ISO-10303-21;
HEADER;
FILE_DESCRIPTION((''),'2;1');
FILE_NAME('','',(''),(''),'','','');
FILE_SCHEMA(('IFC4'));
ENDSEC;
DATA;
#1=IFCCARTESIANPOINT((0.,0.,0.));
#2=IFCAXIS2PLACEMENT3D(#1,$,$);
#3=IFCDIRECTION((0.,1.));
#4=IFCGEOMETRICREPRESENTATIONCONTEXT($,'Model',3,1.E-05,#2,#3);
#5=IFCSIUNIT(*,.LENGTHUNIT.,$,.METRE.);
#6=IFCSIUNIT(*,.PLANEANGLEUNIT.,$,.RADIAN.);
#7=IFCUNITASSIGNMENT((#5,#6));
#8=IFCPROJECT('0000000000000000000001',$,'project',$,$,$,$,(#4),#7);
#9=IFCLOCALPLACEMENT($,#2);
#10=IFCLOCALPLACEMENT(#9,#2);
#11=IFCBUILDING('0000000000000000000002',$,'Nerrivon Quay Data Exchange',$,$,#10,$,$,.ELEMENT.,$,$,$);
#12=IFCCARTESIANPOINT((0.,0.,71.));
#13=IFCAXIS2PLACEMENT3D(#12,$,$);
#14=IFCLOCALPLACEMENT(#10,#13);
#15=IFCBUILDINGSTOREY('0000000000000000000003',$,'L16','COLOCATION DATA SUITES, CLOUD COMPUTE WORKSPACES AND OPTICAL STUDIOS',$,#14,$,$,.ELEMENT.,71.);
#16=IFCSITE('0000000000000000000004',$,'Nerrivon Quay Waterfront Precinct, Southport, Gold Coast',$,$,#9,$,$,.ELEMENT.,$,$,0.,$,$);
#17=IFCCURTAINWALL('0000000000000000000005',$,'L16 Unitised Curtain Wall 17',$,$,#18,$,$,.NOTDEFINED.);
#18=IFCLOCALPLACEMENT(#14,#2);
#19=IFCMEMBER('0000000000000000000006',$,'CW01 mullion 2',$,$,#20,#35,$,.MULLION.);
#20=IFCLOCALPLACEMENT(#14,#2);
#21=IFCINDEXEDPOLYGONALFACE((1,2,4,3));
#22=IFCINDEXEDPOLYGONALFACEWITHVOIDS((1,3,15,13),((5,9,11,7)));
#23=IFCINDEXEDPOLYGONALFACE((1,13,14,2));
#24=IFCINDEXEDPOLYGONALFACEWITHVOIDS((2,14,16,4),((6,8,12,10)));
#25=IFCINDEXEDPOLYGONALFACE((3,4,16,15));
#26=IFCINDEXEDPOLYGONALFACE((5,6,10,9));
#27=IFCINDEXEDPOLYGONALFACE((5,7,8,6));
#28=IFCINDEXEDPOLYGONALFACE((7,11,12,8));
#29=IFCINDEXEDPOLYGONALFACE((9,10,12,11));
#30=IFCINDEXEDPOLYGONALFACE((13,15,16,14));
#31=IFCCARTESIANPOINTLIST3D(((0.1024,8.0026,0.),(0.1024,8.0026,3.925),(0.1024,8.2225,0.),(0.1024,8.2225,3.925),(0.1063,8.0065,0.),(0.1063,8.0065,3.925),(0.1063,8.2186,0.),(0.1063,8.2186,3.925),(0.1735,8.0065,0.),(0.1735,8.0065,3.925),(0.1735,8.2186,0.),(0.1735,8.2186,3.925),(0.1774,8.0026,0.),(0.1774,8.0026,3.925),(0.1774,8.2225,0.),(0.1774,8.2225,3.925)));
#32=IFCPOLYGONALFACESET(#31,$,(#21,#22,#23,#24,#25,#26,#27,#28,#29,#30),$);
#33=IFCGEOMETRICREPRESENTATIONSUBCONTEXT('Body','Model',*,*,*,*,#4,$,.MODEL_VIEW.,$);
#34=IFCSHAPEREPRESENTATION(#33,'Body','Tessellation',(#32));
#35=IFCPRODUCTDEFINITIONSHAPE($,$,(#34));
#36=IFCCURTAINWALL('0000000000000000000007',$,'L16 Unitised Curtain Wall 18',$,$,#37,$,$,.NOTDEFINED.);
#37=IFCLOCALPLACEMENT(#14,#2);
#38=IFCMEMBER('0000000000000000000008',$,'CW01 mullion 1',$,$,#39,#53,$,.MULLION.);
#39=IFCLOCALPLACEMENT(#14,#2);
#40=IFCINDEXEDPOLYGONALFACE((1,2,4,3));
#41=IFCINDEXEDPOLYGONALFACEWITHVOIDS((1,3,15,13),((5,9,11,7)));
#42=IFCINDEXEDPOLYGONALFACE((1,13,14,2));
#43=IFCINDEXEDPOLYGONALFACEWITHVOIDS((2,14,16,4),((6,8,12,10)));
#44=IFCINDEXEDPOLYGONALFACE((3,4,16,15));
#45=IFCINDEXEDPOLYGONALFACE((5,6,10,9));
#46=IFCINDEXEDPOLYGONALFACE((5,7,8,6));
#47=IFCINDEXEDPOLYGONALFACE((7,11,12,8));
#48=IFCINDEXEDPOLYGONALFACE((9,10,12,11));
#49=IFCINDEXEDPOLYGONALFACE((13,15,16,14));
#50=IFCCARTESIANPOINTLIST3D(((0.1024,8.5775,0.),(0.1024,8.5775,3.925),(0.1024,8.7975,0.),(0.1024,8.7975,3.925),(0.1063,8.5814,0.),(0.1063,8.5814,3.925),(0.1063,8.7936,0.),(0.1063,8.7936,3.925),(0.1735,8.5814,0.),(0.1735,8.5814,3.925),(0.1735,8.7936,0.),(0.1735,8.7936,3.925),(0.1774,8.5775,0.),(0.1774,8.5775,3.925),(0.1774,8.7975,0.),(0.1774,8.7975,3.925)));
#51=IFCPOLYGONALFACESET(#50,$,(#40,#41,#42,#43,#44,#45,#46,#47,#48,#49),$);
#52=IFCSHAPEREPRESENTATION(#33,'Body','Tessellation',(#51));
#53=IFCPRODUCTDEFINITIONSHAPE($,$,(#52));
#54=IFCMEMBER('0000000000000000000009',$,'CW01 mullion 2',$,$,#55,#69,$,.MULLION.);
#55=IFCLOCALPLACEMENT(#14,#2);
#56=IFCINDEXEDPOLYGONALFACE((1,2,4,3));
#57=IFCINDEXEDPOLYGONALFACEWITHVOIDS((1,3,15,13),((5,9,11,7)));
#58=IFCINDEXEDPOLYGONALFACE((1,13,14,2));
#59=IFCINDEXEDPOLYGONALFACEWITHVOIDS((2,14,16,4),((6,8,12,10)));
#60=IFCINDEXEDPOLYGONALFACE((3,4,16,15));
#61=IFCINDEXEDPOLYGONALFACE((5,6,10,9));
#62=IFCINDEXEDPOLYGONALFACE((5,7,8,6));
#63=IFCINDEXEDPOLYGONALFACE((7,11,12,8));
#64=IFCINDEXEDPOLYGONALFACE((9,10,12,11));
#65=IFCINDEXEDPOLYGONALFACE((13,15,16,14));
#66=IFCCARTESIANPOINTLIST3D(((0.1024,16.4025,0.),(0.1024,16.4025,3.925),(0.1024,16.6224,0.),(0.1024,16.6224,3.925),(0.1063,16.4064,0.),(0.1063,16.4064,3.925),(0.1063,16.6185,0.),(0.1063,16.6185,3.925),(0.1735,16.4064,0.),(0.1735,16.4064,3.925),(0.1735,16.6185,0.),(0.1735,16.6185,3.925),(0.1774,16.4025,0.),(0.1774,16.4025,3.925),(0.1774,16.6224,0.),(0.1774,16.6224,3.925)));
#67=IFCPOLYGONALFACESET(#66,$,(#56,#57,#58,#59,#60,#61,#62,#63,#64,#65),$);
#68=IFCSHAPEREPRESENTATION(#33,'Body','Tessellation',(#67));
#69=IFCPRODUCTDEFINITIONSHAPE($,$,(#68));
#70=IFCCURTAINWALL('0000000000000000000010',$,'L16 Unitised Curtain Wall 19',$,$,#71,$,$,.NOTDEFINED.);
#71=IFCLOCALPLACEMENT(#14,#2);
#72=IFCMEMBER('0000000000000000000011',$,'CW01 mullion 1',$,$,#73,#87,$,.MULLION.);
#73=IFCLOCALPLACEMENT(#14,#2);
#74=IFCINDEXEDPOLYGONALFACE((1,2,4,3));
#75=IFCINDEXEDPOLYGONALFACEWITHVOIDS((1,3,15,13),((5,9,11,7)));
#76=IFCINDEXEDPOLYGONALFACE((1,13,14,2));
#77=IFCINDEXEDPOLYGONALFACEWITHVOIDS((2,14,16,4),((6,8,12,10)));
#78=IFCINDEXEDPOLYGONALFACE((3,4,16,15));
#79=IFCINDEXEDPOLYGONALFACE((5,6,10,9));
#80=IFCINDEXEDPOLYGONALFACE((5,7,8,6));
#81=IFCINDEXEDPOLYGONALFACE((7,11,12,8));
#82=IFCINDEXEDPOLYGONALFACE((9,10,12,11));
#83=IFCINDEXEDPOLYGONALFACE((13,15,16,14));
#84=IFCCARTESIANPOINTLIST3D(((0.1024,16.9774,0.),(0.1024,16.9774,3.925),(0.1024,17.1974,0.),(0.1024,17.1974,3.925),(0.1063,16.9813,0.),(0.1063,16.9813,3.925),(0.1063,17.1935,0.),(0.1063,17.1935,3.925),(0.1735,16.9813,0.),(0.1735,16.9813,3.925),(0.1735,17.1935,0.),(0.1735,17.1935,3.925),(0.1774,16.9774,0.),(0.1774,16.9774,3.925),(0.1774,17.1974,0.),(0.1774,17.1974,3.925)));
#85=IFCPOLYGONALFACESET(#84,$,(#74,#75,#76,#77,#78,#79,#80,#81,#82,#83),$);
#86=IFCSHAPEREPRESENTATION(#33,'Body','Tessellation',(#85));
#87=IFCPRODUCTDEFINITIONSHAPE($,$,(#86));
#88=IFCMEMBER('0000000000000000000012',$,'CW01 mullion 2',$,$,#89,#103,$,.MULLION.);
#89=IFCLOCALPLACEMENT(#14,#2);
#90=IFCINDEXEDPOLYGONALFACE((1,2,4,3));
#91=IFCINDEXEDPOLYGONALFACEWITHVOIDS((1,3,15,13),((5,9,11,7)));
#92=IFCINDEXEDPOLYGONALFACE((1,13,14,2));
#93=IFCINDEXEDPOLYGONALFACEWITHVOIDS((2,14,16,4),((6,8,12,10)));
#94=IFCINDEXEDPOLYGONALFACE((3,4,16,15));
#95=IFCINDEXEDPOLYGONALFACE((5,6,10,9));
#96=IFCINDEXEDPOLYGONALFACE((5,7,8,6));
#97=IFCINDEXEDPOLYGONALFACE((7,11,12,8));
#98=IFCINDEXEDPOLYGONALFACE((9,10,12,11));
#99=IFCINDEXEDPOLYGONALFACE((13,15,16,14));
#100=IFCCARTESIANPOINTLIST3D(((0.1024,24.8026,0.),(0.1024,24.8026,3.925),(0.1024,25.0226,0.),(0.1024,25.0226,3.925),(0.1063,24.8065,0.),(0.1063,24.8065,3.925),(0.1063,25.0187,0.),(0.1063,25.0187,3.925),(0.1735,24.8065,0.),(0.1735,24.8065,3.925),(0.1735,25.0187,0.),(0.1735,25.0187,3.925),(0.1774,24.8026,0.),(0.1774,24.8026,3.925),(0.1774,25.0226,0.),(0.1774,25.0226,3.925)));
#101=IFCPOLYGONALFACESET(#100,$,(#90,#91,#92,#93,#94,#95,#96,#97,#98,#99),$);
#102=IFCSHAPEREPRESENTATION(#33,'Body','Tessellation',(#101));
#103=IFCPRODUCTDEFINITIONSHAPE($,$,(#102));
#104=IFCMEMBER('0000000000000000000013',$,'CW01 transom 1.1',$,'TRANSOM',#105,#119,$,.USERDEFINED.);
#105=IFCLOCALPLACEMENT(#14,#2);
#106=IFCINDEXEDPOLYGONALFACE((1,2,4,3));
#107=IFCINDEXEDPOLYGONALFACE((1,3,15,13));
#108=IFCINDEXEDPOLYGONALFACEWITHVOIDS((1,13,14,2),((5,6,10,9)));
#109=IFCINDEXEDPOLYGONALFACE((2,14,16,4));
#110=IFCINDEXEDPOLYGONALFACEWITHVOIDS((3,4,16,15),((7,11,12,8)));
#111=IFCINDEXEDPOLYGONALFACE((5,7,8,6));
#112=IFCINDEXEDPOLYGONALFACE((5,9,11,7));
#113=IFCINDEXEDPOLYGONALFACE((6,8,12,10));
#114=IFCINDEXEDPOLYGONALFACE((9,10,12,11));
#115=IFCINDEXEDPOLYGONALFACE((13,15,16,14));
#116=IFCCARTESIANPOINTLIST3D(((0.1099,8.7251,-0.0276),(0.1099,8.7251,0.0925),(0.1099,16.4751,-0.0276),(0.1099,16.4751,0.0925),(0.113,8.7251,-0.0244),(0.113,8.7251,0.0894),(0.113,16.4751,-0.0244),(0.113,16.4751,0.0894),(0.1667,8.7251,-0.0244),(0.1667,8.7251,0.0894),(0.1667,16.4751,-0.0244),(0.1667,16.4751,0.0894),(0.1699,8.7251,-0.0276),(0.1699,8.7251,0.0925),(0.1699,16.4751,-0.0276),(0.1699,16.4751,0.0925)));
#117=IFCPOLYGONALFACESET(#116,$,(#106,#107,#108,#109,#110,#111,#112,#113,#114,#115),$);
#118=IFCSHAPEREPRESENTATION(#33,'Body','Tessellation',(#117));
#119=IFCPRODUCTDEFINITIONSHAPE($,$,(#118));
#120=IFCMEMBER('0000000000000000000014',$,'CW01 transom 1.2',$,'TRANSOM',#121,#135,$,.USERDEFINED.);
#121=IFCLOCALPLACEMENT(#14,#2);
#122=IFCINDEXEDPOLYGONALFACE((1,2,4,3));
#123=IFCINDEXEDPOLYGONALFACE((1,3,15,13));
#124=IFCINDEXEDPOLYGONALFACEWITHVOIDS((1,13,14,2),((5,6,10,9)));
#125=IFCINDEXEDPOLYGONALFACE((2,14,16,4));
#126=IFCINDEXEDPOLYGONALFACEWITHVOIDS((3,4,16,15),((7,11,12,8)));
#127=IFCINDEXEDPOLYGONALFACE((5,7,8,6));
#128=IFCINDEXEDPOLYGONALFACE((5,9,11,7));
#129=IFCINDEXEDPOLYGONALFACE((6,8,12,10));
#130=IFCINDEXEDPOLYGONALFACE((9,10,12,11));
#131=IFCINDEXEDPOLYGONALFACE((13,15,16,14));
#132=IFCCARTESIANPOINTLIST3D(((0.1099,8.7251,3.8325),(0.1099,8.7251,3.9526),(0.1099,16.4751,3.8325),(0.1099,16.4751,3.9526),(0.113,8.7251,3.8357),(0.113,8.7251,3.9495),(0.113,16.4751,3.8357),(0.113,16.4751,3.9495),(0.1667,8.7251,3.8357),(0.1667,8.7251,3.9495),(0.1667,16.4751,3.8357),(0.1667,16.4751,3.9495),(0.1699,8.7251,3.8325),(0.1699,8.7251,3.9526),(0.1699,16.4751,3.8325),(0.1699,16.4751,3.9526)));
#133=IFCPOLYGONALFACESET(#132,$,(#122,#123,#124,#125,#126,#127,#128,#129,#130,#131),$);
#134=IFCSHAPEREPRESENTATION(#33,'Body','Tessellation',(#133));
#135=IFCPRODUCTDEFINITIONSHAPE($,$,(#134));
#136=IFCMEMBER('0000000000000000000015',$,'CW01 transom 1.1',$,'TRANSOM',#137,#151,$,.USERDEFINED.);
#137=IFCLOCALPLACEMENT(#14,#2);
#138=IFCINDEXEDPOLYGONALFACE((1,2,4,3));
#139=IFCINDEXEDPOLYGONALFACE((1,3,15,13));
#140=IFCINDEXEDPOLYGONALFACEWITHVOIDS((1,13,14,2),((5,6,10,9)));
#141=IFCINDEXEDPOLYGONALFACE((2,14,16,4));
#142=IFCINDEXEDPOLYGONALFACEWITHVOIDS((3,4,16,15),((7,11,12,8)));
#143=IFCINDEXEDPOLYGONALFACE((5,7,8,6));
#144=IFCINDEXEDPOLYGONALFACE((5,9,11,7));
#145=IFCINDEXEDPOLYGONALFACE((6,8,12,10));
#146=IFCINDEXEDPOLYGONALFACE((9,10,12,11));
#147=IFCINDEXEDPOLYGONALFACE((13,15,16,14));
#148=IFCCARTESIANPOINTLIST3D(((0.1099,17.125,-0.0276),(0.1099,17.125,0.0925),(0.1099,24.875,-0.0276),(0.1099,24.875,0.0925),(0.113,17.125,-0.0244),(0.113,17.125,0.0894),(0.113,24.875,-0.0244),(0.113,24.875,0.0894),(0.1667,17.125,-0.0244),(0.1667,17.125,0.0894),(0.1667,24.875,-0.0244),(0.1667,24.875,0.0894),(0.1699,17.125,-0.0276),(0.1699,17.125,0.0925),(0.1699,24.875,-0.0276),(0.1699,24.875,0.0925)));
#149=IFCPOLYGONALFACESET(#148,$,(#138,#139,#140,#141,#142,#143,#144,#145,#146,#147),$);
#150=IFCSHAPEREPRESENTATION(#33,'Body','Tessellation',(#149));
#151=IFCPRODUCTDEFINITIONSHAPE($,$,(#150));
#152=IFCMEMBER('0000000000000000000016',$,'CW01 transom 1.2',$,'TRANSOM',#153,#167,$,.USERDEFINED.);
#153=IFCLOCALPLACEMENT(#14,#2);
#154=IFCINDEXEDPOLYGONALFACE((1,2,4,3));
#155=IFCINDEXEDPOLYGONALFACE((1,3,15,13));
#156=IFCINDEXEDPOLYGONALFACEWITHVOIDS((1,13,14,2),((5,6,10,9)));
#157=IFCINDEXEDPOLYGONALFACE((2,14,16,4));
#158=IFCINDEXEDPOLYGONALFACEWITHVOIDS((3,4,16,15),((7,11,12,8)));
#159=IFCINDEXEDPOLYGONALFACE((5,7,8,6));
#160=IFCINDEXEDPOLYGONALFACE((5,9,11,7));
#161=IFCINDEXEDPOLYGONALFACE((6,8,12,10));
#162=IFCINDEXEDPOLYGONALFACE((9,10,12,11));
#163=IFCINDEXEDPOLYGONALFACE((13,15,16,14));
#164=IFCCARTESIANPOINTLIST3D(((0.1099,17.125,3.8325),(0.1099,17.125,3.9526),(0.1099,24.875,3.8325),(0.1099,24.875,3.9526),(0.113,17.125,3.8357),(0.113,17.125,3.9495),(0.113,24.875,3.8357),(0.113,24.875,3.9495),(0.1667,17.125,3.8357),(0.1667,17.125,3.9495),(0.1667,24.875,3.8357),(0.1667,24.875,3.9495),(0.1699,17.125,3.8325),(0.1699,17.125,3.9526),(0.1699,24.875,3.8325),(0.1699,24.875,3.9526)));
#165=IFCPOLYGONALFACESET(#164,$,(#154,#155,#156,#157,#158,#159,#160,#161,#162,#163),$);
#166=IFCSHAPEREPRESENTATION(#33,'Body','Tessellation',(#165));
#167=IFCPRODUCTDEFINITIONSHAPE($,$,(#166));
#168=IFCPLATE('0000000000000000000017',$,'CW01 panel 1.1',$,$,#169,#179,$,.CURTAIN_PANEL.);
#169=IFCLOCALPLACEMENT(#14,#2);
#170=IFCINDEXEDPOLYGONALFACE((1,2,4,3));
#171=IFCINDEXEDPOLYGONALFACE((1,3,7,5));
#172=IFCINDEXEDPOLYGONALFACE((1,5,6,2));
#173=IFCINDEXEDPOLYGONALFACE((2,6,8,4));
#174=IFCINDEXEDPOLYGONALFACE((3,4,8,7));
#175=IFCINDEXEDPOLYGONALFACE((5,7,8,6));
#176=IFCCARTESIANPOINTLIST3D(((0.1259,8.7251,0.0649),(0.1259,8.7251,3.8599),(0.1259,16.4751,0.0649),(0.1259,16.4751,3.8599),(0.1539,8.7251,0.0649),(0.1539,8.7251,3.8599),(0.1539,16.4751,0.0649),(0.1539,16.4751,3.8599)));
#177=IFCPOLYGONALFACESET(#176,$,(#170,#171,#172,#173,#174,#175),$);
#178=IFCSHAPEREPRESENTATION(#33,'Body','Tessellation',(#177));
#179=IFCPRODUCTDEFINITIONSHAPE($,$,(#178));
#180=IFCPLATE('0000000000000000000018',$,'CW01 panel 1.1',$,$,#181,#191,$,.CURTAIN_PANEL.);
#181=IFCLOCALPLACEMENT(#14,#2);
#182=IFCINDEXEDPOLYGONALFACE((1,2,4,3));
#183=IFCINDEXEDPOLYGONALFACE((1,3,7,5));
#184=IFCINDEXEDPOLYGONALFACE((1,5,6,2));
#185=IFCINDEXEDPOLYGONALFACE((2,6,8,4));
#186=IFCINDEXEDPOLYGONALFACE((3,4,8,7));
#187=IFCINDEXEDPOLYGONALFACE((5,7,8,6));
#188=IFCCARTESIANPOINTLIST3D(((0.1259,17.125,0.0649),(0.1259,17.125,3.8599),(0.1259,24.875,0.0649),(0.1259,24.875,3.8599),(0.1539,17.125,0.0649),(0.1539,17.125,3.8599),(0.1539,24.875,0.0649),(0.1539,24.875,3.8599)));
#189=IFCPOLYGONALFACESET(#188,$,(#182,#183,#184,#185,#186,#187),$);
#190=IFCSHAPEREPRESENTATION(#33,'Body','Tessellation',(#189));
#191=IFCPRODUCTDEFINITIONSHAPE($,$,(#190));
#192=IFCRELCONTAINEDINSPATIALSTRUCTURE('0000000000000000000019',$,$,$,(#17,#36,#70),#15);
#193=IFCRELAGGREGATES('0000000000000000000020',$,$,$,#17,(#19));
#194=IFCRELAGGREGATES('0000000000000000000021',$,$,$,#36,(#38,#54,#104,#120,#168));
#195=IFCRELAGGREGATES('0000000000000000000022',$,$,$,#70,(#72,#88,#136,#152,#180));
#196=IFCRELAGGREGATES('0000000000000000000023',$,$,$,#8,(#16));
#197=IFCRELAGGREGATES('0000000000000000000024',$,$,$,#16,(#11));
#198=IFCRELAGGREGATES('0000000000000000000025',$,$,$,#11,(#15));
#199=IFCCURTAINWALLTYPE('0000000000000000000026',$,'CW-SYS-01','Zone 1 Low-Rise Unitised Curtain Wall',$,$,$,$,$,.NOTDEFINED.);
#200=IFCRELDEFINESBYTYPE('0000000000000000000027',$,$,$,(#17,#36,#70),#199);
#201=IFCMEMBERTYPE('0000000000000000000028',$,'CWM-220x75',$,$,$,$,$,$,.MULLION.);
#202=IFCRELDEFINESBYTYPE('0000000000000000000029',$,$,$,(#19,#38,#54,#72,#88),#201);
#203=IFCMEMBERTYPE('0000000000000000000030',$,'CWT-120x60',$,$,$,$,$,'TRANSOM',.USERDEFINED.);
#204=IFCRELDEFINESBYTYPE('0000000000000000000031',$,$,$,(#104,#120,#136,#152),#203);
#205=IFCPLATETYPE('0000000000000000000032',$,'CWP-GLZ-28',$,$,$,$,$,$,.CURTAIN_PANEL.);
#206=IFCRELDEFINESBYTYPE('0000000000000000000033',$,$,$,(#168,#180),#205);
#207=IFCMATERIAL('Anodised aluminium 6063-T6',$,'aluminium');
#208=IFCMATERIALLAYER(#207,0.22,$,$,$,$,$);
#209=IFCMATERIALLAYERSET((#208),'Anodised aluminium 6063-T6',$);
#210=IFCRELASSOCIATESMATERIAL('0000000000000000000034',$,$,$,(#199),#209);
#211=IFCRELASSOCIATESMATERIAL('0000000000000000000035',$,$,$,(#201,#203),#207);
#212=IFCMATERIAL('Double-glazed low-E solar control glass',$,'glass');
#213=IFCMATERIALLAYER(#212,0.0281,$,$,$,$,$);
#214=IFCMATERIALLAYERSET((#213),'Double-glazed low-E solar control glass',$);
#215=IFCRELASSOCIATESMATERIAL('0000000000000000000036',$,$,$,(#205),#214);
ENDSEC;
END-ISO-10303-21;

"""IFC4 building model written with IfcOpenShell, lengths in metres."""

from ifc_helpers import new_model, si_unit, direction, frame, origin, origin_2d, place, context, subcontext, project, spatial, rectangle, hollow_rectangle, extrude, material, layer, layer_set, material_profile, profile_set, type_object, element, aggregate, save


model = new_model("IFC4")

# Units and contexts
model_context = context("Model", 3, precision=1e-05, world=origin(), true_north=direction((0.0, 1.0)))
body_context = subcontext(model_context, "Body", "Model", "MODEL_VIEW")
ifc_project = project(units=[si_unit("LENGTHUNIT", "METRE"), si_unit("PLANEANGLEUNIT", "RADIAN")], contexts=[model_context])

# Site, building, storey
site_placement = place(None, origin())
site = spatial("IfcSite", under=ifc_project, at=site_placement, Name="Nerrivon Quay Waterfront Precinct, Southport, Gold Coast", CompositionType="ELEMENT", RefElevation=0.0)
building_placement = place(site_placement, origin())
building = spatial("IfcBuilding", under=site, at=building_placement, Name="Nerrivon Quay Data Exchange", CompositionType="ELEMENT")
storey_placement = place(building_placement, frame((0.0, 0.0, 71.0)))
storey = spatial("IfcBuildingStorey", under=building, at=storey_placement, Name="L16", Description="COLOCATION DATA SUITES, CLOUD COMPUTE WORKSPACES AND OPTICAL STUDIOS", CompositionType="ELEMENT", Elevation=71.0)

# Curtain wall, member
ifc_material_1 = material(Name="Anodised aluminium 6063-T6", Category="aluminium")
ifc_layer_1 = layer(ifc_material_1, 0.22)
ifc_layer_set_1 = layer_set([ifc_layer_1], Name="Anodised aluminium 6063-T6")
curtain_wall_type = type_object("IfcCurtainWallType", Name="CW-SYS-01", Description="Zone 1 Low-Rise Unitised Curtain Wall", PredefinedType="NOTDEFINED", material=ifc_layer_set_1)
curtain_wall_1_placement = place(storey_placement, origin())
curtain_wall_1 = element("IfcCurtainWall", 1, at=curtain_wall_1_placement, inside=storey, type_object=curtain_wall_type, Name="L16 Unitised Curtain Wall 17", PredefinedType="NOTDEFINED")
ifc_material_profile_1 = material_profile(ifc_material_1, hollow_rectangle(XDim=0.075, YDim=0.22, WallThickness=0.0039, at=origin_2d()), Name="ALU-MULL-220x75")
ifc_profile_set_1 = profile_set([ifc_material_profile_1], Name="Anodised aluminium 6063-T6")
member_type_1 = type_object("IfcMemberType", Name="CWM-220x75", PredefinedType="MULLION", material=ifc_profile_set_1)
member_1_placement = place(storey_placement, frame((0.1399, 8.1125, 0.0), z_axis=(0.0, 0.0, 1.0), x_axis=(-1.0, 0.0, 0.0)))
member_1 = element("IfcMember", 2, at=member_1_placement, type_object=member_type_1, Name="CW01 mullion 2", PredefinedType="MULLION", context=body_context, shape_type="SweptSolid", body=[
    extrude(hollow_rectangle(XDim=0.075, YDim=0.22, WallThickness=0.0039, at=origin_2d()), origin(), (0.0, 0.0, 1.0), 3.925),
])
aggregate(curtain_wall_1, [member_1])

# Curtain walls, members
curtain_wall_2_placement = place(storey_placement, origin())
curtain_wall_2 = element("IfcCurtainWall", 3, at=curtain_wall_2_placement, inside=storey, type_object=curtain_wall_type, Name="L16 Unitised Curtain Wall 18", PredefinedType="NOTDEFINED")
member_2_placement = place(storey_placement, frame((0.1399, 8.6875, 0.0), z_axis=(0.0, 0.0, 1.0), x_axis=(-1.0, 0.0, 0.0)))
member_2 = element("IfcMember", 4, at=member_2_placement, type_object=member_type_1, Name="CW01 mullion 1", PredefinedType="MULLION", context=body_context, shape_type="SweptSolid", body=[
    extrude(hollow_rectangle(XDim=0.075, YDim=0.22, WallThickness=0.0039, at=origin_2d()), origin(), (0.0, 0.0, 1.0), 3.925),
])
member_3_placement = place(storey_placement, frame((0.1399, 16.5125, 0.0), z_axis=(0.0, 0.0, 1.0), x_axis=(-1.0, 0.0, 0.0)))
member_3 = element("IfcMember", 5, at=member_3_placement, type_object=member_type_1, Name="CW01 mullion 2", PredefinedType="MULLION", context=body_context, shape_type="SweptSolid", body=[
    extrude(hollow_rectangle(XDim=0.075, YDim=0.22, WallThickness=0.0039, at=origin_2d()), origin(), (0.0, 0.0, 1.0), 3.925),
])
curtain_wall_3_placement = place(storey_placement, origin())
curtain_wall_3 = element("IfcCurtainWall", 6, at=curtain_wall_3_placement, inside=storey, type_object=curtain_wall_type, Name="L16 Unitised Curtain Wall 19", PredefinedType="NOTDEFINED")
member_4_placement = place(storey_placement, frame((0.1399, 17.0874, 0.0), z_axis=(0.0, 0.0, 1.0), x_axis=(-1.0, 0.0, 0.0)))
member_4 = element("IfcMember", 7, at=member_4_placement, type_object=member_type_1, Name="CW01 mullion 1", PredefinedType="MULLION", context=body_context, shape_type="SweptSolid", body=[
    extrude(hollow_rectangle(XDim=0.075, YDim=0.22, WallThickness=0.0039, at=origin_2d()), origin(), (0.0, 0.0, 1.0), 3.925),
])
member_5_placement = place(storey_placement, frame((0.1399, 24.9126, 0.0), z_axis=(0.0, 0.0, 1.0), x_axis=(-1.0, 0.0, 0.0)))
member_5 = element("IfcMember", 8, at=member_5_placement, type_object=member_type_1, Name="CW01 mullion 2", PredefinedType="MULLION", context=body_context, shape_type="SweptSolid", body=[
    extrude(hollow_rectangle(XDim=0.075, YDim=0.22, WallThickness=0.0039, at=origin_2d()), origin(), (0.0, 0.0, 1.0), 3.925),
])

# Members
ifc_material_profile_2 = material_profile(ifc_material_1, hollow_rectangle(XDim=0.0601, YDim=0.1201, WallThickness=0.0032, at=origin_2d()), Name="ALU-TRAN-120x60")
ifc_profile_set_2 = profile_set([ifc_material_profile_2], Name="Anodised aluminium 6063-T6")
member_type_2 = type_object("IfcMemberType", Name="CWT-120x60", ElementType="TRANSOM", PredefinedType="USERDEFINED", material=ifc_profile_set_2)
member_6_placement = place(storey_placement, frame((0.1399, 8.7251, 0.0325), z_axis=(0.0, 1.0, 0.0), x_axis=(-1.0, 0.0, 0.0)))
member_6 = element("IfcMember", 9, at=member_6_placement, type_object=member_type_2, Name="CW01 transom 1.1", ObjectType="TRANSOM", PredefinedType="USERDEFINED", context=body_context, shape_type="SweptSolid", body=[
    extrude(hollow_rectangle(XDim=0.0601, YDim=0.1201, WallThickness=0.0032, at=origin_2d()), origin(), (0.0, 0.0, 1.0), 7.75),
])
member_7_placement = place(storey_placement, frame((0.1399, 8.7251, 3.8926), z_axis=(0.0, 1.0, 0.0), x_axis=(-1.0, 0.0, 0.0)))
member_7 = element("IfcMember", 10, at=member_7_placement, type_object=member_type_2, Name="CW01 transom 1.2", ObjectType="TRANSOM", PredefinedType="USERDEFINED", context=body_context, shape_type="SweptSolid", body=[
    extrude(hollow_rectangle(XDim=0.0601, YDim=0.1201, WallThickness=0.0032, at=origin_2d()), origin(), (0.0, 0.0, 1.0), 7.75),
])
member_8_placement = place(storey_placement, frame((0.1399, 17.125, 0.0325), z_axis=(0.0, 1.0, 0.0), x_axis=(-1.0, 0.0, 0.0)))
member_8 = element("IfcMember", 11, at=member_8_placement, type_object=member_type_2, Name="CW01 transom 1.1", ObjectType="TRANSOM", PredefinedType="USERDEFINED", context=body_context, shape_type="SweptSolid", body=[
    extrude(hollow_rectangle(XDim=0.0601, YDim=0.1201, WallThickness=0.0032, at=origin_2d()), origin(), (0.0, 0.0, 1.0), 7.75),
])
member_9_placement = place(storey_placement, frame((0.1399, 17.125, 3.8926), z_axis=(0.0, 1.0, 0.0), x_axis=(-1.0, 0.0, 0.0)))
member_9 = element("IfcMember", 12, at=member_9_placement, type_object=member_type_2, Name="CW01 transom 1.2", ObjectType="TRANSOM", PredefinedType="USERDEFINED", context=body_context, shape_type="SweptSolid", body=[
    extrude(hollow_rectangle(XDim=0.0601, YDim=0.1201, WallThickness=0.0032, at=origin_2d()), origin(), (0.0, 0.0, 1.0), 7.75),
])

# Plates
ifc_material_2 = material(Name="Double-glazed low-E solar control glass", Category="glass")
ifc_layer_2 = layer(ifc_material_2, 0.0281)
ifc_layer_set_2 = layer_set([ifc_layer_2], Name="Double-glazed low-E solar control glass")
plate_type = type_object("IfcPlateType", Name="CWP-GLZ-28", PredefinedType="CURTAIN_PANEL", material=ifc_layer_set_2)
plate_1_placement = place(storey_placement, frame((0.1399, 12.6001, 0.0649), z_axis=(0.0, 0.0, 1.0), x_axis=(0.0, 1.0, 0.0)))
plate_1 = element("IfcPlate", 13, at=plate_1_placement, type_object=plate_type, Name="CW01 panel 1.1", PredefinedType="CURTAIN_PANEL", context=body_context, shape_type="SweptSolid", body=[
    extrude(rectangle(XDim=7.75, YDim=0.0281, at=origin_2d()), origin(), (0.0, 0.0, 1.0), 3.7949),
])
aggregate(curtain_wall_2, [member_2, member_3, member_6, member_7, plate_1])
plate_2_placement = place(storey_placement, frame((0.1399, 21.0, 0.0649), z_axis=(0.0, 0.0, 1.0), x_axis=(0.0, 1.0, 0.0)))
plate_2 = element("IfcPlate", 14, at=plate_2_placement, type_object=plate_type, Name="CW01 panel 1.1", PredefinedType="CURTAIN_PANEL", context=body_context, shape_type="SweptSolid", body=[
    extrude(rectangle(XDim=7.75, YDim=0.0281, at=origin_2d()), origin(), (0.0, 0.0, 1.0), 3.7949),
])
aggregate(curtain_wall_3, [member_4, member_5, member_8, member_9, plate_2])

save(model, "model.ifc")
